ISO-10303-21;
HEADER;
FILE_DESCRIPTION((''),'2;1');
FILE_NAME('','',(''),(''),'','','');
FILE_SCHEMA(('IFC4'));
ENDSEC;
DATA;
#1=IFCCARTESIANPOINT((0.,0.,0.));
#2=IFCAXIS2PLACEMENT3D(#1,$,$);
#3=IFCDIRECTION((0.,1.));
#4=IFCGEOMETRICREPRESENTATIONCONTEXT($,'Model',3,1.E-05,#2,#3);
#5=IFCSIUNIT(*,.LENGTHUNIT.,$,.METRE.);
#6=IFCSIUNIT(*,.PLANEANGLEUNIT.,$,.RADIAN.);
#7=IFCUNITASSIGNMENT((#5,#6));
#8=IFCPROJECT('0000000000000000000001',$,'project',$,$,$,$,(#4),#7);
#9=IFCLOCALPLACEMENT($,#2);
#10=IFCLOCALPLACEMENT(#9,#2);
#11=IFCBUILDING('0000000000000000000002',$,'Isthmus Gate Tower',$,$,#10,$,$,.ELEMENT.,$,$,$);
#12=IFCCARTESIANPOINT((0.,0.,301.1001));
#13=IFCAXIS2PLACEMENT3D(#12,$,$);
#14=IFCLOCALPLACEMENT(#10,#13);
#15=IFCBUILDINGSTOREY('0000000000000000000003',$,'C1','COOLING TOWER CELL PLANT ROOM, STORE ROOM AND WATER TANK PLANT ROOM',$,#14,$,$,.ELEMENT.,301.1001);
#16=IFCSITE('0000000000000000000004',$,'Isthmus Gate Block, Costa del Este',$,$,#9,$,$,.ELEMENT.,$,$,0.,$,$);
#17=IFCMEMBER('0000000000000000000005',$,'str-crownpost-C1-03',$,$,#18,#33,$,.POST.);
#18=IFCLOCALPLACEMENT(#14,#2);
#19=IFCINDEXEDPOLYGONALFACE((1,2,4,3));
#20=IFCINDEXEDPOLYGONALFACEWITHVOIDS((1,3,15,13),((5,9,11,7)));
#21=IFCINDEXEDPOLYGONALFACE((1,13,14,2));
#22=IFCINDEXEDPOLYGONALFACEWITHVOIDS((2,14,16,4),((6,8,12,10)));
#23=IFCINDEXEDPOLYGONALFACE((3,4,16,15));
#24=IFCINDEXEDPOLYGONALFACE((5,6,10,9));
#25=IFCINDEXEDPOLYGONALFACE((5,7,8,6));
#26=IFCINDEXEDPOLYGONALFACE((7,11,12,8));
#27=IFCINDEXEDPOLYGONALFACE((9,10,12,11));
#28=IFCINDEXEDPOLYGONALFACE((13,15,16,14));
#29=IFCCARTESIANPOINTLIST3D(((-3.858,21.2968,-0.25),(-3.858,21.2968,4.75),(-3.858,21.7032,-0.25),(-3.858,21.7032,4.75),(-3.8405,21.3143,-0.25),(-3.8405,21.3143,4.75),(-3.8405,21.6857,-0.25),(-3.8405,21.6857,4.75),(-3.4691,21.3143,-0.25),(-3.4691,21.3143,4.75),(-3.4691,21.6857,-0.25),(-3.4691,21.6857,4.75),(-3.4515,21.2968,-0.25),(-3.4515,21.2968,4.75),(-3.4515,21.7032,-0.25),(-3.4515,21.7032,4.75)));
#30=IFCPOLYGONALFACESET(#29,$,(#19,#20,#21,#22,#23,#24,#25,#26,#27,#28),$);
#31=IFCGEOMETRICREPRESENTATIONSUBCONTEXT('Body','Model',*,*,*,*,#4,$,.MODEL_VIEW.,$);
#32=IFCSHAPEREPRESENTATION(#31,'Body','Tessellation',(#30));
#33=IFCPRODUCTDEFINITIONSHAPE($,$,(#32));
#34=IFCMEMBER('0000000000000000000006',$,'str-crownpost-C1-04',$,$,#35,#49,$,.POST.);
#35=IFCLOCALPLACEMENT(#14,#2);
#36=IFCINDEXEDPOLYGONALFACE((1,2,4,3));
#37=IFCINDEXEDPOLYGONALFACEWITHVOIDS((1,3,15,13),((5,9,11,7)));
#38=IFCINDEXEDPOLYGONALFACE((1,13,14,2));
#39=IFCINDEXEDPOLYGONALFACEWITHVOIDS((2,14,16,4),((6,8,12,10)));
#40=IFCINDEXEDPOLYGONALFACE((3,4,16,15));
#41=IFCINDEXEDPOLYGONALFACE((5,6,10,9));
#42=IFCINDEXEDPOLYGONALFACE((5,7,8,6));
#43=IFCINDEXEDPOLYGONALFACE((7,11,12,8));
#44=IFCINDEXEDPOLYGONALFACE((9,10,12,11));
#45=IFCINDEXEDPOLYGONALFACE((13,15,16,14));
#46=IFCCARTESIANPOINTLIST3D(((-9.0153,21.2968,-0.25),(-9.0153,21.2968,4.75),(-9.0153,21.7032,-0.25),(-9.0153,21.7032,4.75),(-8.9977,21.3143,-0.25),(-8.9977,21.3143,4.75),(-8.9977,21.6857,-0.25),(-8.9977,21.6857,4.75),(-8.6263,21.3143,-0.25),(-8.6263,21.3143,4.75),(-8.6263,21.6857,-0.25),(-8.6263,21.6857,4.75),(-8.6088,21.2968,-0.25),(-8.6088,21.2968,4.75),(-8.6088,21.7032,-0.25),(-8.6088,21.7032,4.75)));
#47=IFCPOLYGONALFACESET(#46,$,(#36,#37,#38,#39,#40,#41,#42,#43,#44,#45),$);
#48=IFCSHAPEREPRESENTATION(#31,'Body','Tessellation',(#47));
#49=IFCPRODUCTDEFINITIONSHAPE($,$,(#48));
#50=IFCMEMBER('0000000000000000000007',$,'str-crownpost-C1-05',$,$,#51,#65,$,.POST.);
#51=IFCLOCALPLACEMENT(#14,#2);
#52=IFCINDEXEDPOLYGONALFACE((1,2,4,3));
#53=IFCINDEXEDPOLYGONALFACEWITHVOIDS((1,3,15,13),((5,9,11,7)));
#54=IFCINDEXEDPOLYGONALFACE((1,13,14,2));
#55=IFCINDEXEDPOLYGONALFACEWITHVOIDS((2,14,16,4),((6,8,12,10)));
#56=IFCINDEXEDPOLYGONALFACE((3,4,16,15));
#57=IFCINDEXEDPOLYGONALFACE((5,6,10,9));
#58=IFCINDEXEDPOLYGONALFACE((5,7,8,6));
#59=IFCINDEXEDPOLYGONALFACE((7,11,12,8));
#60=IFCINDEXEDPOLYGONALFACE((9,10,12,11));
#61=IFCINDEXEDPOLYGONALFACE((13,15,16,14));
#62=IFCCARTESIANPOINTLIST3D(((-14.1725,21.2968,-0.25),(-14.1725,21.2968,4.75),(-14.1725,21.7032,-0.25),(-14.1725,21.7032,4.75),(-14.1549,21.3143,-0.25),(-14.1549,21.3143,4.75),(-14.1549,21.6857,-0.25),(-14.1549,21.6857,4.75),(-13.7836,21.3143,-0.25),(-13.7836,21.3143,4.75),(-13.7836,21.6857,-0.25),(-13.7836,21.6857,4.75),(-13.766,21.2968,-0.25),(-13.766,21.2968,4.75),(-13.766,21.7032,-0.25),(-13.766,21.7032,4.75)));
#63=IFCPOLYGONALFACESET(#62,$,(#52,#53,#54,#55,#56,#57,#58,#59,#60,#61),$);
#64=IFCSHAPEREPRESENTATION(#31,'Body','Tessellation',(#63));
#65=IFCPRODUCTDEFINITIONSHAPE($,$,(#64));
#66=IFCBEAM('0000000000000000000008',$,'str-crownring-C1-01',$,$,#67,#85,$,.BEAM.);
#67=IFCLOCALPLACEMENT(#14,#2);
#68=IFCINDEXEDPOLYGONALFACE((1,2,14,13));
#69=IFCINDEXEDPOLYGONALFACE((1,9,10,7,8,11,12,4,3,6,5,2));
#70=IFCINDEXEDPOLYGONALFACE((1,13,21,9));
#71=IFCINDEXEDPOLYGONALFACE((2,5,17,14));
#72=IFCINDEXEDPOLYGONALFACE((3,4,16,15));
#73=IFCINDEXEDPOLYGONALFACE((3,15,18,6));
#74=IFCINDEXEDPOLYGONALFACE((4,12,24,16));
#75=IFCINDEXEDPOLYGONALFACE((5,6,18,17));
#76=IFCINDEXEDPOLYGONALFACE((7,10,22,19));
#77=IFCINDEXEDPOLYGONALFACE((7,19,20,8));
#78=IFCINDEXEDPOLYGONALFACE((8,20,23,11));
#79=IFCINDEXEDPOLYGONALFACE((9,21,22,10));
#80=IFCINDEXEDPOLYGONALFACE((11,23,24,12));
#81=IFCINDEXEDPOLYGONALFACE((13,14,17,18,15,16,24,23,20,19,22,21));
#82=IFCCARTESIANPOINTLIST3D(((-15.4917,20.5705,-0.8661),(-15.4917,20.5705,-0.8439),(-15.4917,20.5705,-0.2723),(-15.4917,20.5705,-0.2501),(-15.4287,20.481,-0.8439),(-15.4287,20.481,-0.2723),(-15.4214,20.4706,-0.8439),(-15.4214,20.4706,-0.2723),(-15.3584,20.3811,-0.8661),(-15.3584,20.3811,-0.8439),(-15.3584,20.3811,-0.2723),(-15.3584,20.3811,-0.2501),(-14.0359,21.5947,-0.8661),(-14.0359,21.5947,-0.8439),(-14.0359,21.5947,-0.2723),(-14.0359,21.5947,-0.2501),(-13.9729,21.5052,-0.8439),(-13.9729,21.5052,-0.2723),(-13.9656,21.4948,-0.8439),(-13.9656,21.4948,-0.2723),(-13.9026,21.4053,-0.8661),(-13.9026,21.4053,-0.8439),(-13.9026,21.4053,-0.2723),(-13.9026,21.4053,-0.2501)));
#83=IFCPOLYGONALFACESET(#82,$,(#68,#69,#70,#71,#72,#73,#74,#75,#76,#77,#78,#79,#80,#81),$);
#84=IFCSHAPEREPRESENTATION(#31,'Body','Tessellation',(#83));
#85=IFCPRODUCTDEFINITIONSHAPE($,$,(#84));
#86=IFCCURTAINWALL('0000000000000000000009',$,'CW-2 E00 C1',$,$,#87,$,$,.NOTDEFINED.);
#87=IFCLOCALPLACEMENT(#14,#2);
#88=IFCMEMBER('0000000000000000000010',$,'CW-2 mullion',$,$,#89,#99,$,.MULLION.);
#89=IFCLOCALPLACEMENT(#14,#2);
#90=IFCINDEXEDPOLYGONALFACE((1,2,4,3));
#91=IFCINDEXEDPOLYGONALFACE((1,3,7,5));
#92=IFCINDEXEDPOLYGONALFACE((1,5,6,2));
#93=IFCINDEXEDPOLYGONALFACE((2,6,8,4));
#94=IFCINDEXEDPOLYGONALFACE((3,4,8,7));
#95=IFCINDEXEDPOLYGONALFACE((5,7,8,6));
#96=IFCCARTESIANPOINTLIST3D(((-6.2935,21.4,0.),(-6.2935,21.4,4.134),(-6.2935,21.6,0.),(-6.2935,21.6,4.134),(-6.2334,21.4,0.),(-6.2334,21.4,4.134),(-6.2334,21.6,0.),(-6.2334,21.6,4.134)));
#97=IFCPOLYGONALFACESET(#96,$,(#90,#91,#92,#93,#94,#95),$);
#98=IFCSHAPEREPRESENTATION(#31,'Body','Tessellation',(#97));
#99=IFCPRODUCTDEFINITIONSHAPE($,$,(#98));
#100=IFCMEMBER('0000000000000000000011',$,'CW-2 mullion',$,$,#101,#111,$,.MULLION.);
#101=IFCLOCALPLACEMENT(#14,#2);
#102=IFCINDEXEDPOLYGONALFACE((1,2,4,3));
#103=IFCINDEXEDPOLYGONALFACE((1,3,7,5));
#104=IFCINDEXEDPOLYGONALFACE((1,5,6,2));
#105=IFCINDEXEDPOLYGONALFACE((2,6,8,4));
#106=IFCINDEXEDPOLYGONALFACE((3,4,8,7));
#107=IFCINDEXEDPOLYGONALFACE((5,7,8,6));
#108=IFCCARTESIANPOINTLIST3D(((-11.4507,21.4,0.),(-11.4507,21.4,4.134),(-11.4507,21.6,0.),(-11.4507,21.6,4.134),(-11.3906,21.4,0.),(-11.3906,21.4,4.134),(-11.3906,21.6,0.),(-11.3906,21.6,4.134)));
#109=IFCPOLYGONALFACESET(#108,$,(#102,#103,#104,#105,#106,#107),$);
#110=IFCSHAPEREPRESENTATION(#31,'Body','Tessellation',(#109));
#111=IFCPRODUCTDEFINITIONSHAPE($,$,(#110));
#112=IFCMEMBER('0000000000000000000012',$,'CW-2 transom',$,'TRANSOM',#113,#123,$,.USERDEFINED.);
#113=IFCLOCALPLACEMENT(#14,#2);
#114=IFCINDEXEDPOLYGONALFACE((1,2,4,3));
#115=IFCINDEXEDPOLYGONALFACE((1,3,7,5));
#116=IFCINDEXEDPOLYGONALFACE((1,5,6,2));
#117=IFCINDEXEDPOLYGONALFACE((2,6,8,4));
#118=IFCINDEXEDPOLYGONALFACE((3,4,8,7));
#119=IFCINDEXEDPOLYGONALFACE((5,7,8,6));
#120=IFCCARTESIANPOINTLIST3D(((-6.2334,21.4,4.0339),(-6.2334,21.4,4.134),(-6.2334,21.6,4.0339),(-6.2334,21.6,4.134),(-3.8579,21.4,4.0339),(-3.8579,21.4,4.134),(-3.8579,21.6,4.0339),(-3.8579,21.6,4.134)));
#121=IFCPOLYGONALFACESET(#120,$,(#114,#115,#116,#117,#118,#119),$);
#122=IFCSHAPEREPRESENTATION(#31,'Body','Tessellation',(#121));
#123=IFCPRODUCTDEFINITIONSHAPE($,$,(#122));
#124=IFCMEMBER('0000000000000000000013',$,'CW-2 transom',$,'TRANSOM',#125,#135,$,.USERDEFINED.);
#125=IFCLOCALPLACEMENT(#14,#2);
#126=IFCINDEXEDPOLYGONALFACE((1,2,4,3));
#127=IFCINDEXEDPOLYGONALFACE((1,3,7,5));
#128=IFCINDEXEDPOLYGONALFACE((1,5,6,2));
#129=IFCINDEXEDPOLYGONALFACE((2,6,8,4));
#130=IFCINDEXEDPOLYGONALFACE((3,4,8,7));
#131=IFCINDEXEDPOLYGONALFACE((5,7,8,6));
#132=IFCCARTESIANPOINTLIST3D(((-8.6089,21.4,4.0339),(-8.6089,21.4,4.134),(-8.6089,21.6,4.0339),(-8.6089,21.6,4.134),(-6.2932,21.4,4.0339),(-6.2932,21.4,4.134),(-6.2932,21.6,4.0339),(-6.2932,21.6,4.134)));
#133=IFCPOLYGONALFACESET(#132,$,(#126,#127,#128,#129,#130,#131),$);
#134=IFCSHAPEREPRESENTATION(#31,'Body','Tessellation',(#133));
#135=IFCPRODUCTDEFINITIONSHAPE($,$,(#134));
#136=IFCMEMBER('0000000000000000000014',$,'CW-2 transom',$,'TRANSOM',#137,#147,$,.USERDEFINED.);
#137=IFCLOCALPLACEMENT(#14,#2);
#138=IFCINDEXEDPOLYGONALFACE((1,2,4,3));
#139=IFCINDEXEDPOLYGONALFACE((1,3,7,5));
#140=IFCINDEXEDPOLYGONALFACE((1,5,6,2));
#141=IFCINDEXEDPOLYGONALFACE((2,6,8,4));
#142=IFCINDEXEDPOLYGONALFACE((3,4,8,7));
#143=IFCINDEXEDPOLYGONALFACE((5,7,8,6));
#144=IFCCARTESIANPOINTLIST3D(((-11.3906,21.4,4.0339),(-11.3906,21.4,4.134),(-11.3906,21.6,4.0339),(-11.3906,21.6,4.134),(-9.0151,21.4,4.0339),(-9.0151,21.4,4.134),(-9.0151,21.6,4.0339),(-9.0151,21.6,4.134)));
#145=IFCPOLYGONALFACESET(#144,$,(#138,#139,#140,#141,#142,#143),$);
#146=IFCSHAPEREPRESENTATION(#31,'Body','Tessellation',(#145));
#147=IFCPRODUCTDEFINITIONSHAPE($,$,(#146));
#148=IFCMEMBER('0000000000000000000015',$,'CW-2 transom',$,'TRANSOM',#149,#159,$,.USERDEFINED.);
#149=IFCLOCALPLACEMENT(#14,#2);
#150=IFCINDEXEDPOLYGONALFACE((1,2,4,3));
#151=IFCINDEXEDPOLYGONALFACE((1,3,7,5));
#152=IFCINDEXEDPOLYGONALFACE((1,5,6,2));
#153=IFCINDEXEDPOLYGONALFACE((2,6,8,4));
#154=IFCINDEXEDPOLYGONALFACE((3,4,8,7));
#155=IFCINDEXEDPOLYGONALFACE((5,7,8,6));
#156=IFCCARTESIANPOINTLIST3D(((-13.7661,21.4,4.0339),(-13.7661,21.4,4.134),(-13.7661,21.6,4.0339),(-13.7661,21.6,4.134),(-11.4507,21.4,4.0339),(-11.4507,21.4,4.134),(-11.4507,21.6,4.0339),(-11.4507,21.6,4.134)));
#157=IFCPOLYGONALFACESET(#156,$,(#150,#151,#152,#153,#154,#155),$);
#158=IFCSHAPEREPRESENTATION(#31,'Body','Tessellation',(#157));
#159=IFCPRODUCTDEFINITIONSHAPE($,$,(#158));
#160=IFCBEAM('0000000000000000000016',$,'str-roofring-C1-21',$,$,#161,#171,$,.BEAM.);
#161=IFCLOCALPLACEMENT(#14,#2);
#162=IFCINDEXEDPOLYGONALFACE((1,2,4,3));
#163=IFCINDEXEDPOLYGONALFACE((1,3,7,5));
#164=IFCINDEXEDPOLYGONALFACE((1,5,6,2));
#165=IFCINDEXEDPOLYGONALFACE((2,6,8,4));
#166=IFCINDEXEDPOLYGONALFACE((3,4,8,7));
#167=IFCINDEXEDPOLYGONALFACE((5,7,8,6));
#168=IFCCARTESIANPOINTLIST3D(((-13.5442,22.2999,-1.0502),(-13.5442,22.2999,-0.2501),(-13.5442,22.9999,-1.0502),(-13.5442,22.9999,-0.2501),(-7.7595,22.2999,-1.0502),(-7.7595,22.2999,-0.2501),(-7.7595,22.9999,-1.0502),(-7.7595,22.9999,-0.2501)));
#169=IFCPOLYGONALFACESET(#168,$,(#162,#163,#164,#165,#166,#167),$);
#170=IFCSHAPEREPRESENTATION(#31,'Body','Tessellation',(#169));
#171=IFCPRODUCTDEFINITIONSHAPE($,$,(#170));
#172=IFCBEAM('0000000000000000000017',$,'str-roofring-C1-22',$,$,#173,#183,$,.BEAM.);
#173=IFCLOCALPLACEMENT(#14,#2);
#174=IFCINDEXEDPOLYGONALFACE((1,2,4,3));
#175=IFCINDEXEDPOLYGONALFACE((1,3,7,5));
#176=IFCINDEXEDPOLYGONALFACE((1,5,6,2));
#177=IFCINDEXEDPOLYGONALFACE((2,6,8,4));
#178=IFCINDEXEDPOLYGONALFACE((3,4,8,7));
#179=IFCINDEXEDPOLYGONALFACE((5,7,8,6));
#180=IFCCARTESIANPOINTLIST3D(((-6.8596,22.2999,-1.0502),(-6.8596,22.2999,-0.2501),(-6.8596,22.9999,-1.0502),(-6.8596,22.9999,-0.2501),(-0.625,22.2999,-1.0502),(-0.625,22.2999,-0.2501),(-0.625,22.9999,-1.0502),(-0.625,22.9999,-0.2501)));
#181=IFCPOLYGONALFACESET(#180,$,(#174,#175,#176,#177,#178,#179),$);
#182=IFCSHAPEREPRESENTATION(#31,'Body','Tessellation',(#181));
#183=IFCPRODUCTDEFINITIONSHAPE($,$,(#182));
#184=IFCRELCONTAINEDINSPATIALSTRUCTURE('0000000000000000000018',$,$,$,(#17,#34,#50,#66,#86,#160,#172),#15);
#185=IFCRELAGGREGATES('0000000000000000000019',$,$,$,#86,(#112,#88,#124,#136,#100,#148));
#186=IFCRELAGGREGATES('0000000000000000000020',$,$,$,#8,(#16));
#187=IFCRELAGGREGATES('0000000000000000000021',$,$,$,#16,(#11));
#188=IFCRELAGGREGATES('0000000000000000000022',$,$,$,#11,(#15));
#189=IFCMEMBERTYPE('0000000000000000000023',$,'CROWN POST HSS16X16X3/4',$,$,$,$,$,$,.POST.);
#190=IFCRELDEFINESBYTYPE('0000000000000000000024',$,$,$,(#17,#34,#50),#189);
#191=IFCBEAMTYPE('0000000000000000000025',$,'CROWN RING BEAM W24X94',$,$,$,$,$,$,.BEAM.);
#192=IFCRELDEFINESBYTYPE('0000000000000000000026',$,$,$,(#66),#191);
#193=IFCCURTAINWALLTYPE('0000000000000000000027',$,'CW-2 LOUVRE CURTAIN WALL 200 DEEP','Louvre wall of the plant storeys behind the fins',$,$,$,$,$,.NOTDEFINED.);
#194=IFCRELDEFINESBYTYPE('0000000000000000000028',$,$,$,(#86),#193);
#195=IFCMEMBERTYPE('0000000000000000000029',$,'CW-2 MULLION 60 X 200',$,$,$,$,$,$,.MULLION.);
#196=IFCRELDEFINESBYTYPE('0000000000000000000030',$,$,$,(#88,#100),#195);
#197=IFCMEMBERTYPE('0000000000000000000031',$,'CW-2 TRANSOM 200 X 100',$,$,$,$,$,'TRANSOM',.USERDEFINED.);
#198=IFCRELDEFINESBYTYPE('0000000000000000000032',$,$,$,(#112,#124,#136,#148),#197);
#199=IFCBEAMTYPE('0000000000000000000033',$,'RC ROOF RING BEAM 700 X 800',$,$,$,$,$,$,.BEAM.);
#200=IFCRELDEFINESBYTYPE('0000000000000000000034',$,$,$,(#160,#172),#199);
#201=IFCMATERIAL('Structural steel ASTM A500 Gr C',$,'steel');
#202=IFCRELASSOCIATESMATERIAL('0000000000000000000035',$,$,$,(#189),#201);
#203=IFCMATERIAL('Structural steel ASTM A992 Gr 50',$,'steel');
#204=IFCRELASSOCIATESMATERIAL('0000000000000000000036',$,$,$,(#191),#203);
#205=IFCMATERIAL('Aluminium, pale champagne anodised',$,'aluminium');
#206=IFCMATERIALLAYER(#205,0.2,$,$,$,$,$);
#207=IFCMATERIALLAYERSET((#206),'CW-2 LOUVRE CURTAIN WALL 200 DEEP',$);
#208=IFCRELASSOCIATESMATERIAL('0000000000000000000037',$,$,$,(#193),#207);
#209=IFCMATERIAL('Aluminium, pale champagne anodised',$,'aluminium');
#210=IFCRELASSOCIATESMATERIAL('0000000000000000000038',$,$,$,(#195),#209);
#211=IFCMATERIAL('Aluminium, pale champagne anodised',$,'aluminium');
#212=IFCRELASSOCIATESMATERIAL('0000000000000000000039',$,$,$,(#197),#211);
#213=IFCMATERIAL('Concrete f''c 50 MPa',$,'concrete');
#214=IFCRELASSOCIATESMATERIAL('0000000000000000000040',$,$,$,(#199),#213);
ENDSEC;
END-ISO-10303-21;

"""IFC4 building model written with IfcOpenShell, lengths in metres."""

from ifc_helpers import new_model, si_unit, direction, frame, origin, origin_2d, place, context, subcontext, project, spatial, rectangle, hollow_rectangle, i_section, extrude, material, layer, layer_set, material_profile, profile_set, type_object, element, aggregate, save


model = new_model("IFC4")

# Units and contexts
model_context = context("Model", 3, precision=1e-05, world=origin(), true_north=direction((0.0, 1.0)))
body_context = subcontext(model_context, "Body", "Model", "MODEL_VIEW")
ifc_project = project(units=[si_unit("LENGTHUNIT", "METRE"), si_unit("PLANEANGLEUNIT", "RADIAN")], contexts=[model_context])

# Site, building, storey
site_placement = place(None, origin())
site = spatial("IfcSite", under=ifc_project, at=site_placement, Name="Isthmus Gate Block, Costa del Este", CompositionType="ELEMENT", RefElevation=0.0)
building_placement = place(site_placement, origin())
building = spatial("IfcBuilding", under=site, at=building_placement, Name="Isthmus Gate Tower", CompositionType="ELEMENT")
storey_placement = place(building_placement, frame((0.0, 0.0, 301.1001)))
storey = spatial("IfcBuildingStorey", under=building, at=storey_placement, Name="C1", Description="COOLING TOWER CELL PLANT ROOM, STORE ROOM AND WATER TANK PLANT ROOM", CompositionType="ELEMENT", Elevation=301.1001)

# Members
ifc_material_1 = material(Name="Structural steel ASTM A500 Gr C", Category="steel")
ifc_material_profile_1 = material_profile(ifc_material_1, hollow_rectangle(XDim=0.4065, YDim=0.4065, WallThickness=0.0176, at=origin_2d()), Name="HSS16X16X3/4")
ifc_profile_set_1 = profile_set([ifc_material_profile_1], Name="Structural steel ASTM A500 Gr C")
member_type_1 = type_object("IfcMemberType", Name="CROWN POST HSS16X16X3/4", PredefinedType="POST", material=ifc_profile_set_1)
for number, where, z_axis, x_axis, name in (
    (1, (-3.6548, 21.5, -0.25), (0.0, 0.0, 1.0), (1.0, 0.0, 0.0), "str-crownpost-C1-03"),
    (2, (-8.812, 21.5, -0.25), (0.0, 0.0, 1.0), (1.0, 0.0, 0.0), "str-crownpost-C1-04"),
    (3, (-13.9692, 21.5, -0.25), (0.0, 0.0, 1.0), (1.0, 0.0, 0.0), "str-crownpost-C1-05"),
):
    element("IfcMember", number, at=place(storey_placement, frame(where, z_axis=z_axis, x_axis=x_axis)), inside=storey, type_object=member_type_1, Name=name, PredefinedType="POST", context=body_context, shape_type="SweptSolid", body=[
        extrude(hollow_rectangle(XDim=0.4065, YDim=0.4065, WallThickness=0.0176, at=origin_2d()), origin(), (0.0, 0.0, 1.0), 5.0),
    ])

# Beam
ifc_material_2 = material(Name="Structural steel ASTM A992 Gr 50", Category="steel")
ifc_material_profile_2 = material_profile(ifc_material_2, i_section(OverallWidth=0.2317, OverallDepth=0.616, WebThickness=0.0127, FlangeThickness=0.0222, at=origin_2d()), Name="W24X94")
ifc_profile_set_2 = profile_set([ifc_material_profile_2], Name="Structural steel ASTM A992 Gr 50")
beam_type_1 = type_object("IfcBeamType", Name="CROWN RING BEAM W24X94", PredefinedType="BEAM", material=ifc_profile_set_2)
beam_1_placement = place(storey_placement, frame((-13.9692, 21.5, -0.5581), z_axis=(-0.817883, -0.575385, 0.0), x_axis=(0.575385, -0.817883, 0.0)))
element("IfcBeam", 4, at=beam_1_placement, inside=storey, type_object=beam_type_1, Name="str-crownring-C1-01", PredefinedType="BEAM", context=body_context, shape_type="SweptSolid", body=[
    extrude(i_section(OverallWidth=0.2317, OverallDepth=0.616, WebThickness=0.0127, FlangeThickness=0.0222, at=origin_2d()), origin(), (0.0, 0.0, 1.0), 1.78),
])

# Curtain wall, members
ifc_material_3 = material(Name="Aluminium, pale champagne anodised", Category="aluminium")
ifc_layer_1 = layer(ifc_material_3, 0.2)
ifc_layer_set_1 = layer_set([ifc_layer_1], Name="CW-2 LOUVRE CURTAIN WALL 200 DEEP")
curtain_wall_type = type_object("IfcCurtainWallType", Name="CW-2 LOUVRE CURTAIN WALL 200 DEEP", Description="Louvre wall of the plant storeys behind the fins", PredefinedType="NOTDEFINED", material=ifc_layer_set_1)
curtain_wall_placement = place(storey_placement, origin())
curtain_wall = element("IfcCurtainWall", 5, at=curtain_wall_placement, inside=storey, type_object=curtain_wall_type, Name="CW-2 E00 C1", PredefinedType="NOTDEFINED")
ifc_material_4 = material(Name="Aluminium, pale champagne anodised", Category="aluminium")
ifc_material_profile_3 = material_profile(ifc_material_4, rectangle(XDim=0.0601, YDim=0.2, at=origin_2d()), Name="60x200")
ifc_profile_set_3 = profile_set([ifc_material_profile_3], Name="Aluminium, pale champagne anodised")
member_type_2 = type_object("IfcMemberType", Name="CW-2 MULLION 60 X 200", PredefinedType="MULLION", material=ifc_profile_set_3)
member_1_placement = place(storey_placement, frame((-6.2634, 21.5, 0.0), z_axis=(0.0, 0.0, 1.0), x_axis=(-1.0, 0.0, 0.0)))
member_1 = element("IfcMember", 6, at=member_1_placement, type_object=member_type_2, Name="CW-2 mullion", PredefinedType="MULLION", context=body_context, shape_type="SweptSolid", body=[
    extrude(rectangle(XDim=0.0601, YDim=0.2, at=origin_2d()), origin(), (0.0, 0.0, 1.0), 4.134),
])
member_2_placement = place(storey_placement, frame((-11.4207, 21.5, 0.0), z_axis=(0.0, 0.0, 1.0), x_axis=(-1.0, 0.0, 0.0)))
member_2 = element("IfcMember", 7, at=member_2_placement, type_object=member_type_2, Name="CW-2 mullion", PredefinedType="MULLION", context=body_context, shape_type="SweptSolid", body=[
    extrude(rectangle(XDim=0.0601, YDim=0.2, at=origin_2d()), origin(), (0.0, 0.0, 1.0), 4.134),
])
ifc_material_5 = material(Name="Aluminium, pale champagne anodised", Category="aluminium")
ifc_material_profile_4 = material_profile(ifc_material_5, rectangle(XDim=0.2, YDim=0.1001, at=origin_2d()), Name="200x100")
ifc_profile_set_4 = profile_set([ifc_material_profile_4], Name="Aluminium, pale champagne anodised")
member_type_3 = type_object("IfcMemberType", Name="CW-2 TRANSOM 200 X 100", ElementType="TRANSOM", PredefinedType="USERDEFINED", material=ifc_profile_set_4)
member_3_placement = place(storey_placement, frame((-3.8579, 21.5, 4.084), z_axis=(-1.0, 0.0, 0.0), x_axis=(0.0, -1.0, 0.0)))
member_3 = element("IfcMember", 8, at=member_3_placement, type_object=member_type_3, Name="CW-2 transom", ObjectType="TRANSOM", PredefinedType="USERDEFINED", context=body_context, shape_type="SweptSolid", body=[
    extrude(rectangle(XDim=0.2, YDim=0.1001, at=origin_2d()), origin(), (0.0, 0.0, 1.0), 2.3755),
])
member_4_placement = place(storey_placement, frame((-6.2932, 21.5, 4.084), z_axis=(-1.0, 0.0, 0.0), x_axis=(0.0, -1.0, 0.0)))
member_4 = element("IfcMember", 9, at=member_4_placement, type_object=member_type_3, Name="CW-2 transom", ObjectType="TRANSOM", PredefinedType="USERDEFINED", context=body_context, shape_type="SweptSolid", body=[
    extrude(rectangle(XDim=0.2, YDim=0.1001, at=origin_2d()), origin(), (0.0, 0.0, 1.0), 2.3157),
])
member_5_placement = place(storey_placement, frame((-9.0151, 21.5, 4.084), z_axis=(-1.0, 0.0, 0.0), x_axis=(0.0, -1.0, 0.0)))
member_5 = element("IfcMember", 10, at=member_5_placement, type_object=member_type_3, Name="CW-2 transom", ObjectType="TRANSOM", PredefinedType="USERDEFINED", context=body_context, shape_type="SweptSolid", body=[
    extrude(rectangle(XDim=0.2, YDim=0.1001, at=origin_2d()), origin(), (0.0, 0.0, 1.0), 2.3755),
])
member_6_placement = place(storey_placement, frame((-11.4507, 21.5, 4.084), z_axis=(-1.0, 0.0, 0.0), x_axis=(0.0, -1.0, 0.0)))
member_6 = element("IfcMember", 11, at=member_6_placement, type_object=member_type_3, Name="CW-2 transom", ObjectType="TRANSOM", PredefinedType="USERDEFINED", context=body_context, shape_type="SweptSolid", body=[
    extrude(rectangle(XDim=0.2, YDim=0.1001, at=origin_2d()), origin(), (0.0, 0.0, 1.0), 2.3154),
])

# Beams
ifc_material_6 = material(Name="Concrete f'c 50 MPa", Category="concrete")
ifc_material_profile_5 = material_profile(ifc_material_6, rectangle(XDim=0.7, YDim=0.8, at=origin_2d()), Name="RC 700X800")
ifc_profile_set_5 = profile_set([ifc_material_profile_5], Name="Concrete f'c 50 MPa")
beam_type_2 = type_object("IfcBeamType", Name="RC ROOF RING BEAM 700 X 800", PredefinedType="BEAM", material=ifc_profile_set_5)
beam_2_placement = place(storey_placement, frame((-13.5442, 22.6499, -0.6501), z_axis=(1.0, 0.0, 0.0), x_axis=(0.0, 1.0, 0.0)))
element("IfcBeam", 12, at=beam_2_placement, inside=storey, type_object=beam_type_2, Name="str-roofring-C1-21", PredefinedType="BEAM", context=body_context, shape_type="SweptSolid", body=[
    extrude(rectangle(XDim=0.7, YDim=0.8, at=origin_2d()), origin(), (0.0, 0.0, 1.0), 5.7847),
])
beam_3_placement = place(storey_placement, frame((-6.8596, 22.6499, -0.6501), z_axis=(1.0, 0.0, 0.0), x_axis=(0.0, 1.0, 0.0)))
element("IfcBeam", 13, at=beam_3_placement, inside=storey, type_object=beam_type_2, Name="str-roofring-C1-22", PredefinedType="BEAM", context=body_context, shape_type="SweptSolid", body=[
    extrude(rectangle(XDim=0.7, YDim=0.8, at=origin_2d()), origin(), (0.0, 0.0, 1.0), 6.2346),
])

aggregate(curtain_wall, [member_3, member_1, member_4, member_5, member_2, member_6])

save(model, "model.ifc")
